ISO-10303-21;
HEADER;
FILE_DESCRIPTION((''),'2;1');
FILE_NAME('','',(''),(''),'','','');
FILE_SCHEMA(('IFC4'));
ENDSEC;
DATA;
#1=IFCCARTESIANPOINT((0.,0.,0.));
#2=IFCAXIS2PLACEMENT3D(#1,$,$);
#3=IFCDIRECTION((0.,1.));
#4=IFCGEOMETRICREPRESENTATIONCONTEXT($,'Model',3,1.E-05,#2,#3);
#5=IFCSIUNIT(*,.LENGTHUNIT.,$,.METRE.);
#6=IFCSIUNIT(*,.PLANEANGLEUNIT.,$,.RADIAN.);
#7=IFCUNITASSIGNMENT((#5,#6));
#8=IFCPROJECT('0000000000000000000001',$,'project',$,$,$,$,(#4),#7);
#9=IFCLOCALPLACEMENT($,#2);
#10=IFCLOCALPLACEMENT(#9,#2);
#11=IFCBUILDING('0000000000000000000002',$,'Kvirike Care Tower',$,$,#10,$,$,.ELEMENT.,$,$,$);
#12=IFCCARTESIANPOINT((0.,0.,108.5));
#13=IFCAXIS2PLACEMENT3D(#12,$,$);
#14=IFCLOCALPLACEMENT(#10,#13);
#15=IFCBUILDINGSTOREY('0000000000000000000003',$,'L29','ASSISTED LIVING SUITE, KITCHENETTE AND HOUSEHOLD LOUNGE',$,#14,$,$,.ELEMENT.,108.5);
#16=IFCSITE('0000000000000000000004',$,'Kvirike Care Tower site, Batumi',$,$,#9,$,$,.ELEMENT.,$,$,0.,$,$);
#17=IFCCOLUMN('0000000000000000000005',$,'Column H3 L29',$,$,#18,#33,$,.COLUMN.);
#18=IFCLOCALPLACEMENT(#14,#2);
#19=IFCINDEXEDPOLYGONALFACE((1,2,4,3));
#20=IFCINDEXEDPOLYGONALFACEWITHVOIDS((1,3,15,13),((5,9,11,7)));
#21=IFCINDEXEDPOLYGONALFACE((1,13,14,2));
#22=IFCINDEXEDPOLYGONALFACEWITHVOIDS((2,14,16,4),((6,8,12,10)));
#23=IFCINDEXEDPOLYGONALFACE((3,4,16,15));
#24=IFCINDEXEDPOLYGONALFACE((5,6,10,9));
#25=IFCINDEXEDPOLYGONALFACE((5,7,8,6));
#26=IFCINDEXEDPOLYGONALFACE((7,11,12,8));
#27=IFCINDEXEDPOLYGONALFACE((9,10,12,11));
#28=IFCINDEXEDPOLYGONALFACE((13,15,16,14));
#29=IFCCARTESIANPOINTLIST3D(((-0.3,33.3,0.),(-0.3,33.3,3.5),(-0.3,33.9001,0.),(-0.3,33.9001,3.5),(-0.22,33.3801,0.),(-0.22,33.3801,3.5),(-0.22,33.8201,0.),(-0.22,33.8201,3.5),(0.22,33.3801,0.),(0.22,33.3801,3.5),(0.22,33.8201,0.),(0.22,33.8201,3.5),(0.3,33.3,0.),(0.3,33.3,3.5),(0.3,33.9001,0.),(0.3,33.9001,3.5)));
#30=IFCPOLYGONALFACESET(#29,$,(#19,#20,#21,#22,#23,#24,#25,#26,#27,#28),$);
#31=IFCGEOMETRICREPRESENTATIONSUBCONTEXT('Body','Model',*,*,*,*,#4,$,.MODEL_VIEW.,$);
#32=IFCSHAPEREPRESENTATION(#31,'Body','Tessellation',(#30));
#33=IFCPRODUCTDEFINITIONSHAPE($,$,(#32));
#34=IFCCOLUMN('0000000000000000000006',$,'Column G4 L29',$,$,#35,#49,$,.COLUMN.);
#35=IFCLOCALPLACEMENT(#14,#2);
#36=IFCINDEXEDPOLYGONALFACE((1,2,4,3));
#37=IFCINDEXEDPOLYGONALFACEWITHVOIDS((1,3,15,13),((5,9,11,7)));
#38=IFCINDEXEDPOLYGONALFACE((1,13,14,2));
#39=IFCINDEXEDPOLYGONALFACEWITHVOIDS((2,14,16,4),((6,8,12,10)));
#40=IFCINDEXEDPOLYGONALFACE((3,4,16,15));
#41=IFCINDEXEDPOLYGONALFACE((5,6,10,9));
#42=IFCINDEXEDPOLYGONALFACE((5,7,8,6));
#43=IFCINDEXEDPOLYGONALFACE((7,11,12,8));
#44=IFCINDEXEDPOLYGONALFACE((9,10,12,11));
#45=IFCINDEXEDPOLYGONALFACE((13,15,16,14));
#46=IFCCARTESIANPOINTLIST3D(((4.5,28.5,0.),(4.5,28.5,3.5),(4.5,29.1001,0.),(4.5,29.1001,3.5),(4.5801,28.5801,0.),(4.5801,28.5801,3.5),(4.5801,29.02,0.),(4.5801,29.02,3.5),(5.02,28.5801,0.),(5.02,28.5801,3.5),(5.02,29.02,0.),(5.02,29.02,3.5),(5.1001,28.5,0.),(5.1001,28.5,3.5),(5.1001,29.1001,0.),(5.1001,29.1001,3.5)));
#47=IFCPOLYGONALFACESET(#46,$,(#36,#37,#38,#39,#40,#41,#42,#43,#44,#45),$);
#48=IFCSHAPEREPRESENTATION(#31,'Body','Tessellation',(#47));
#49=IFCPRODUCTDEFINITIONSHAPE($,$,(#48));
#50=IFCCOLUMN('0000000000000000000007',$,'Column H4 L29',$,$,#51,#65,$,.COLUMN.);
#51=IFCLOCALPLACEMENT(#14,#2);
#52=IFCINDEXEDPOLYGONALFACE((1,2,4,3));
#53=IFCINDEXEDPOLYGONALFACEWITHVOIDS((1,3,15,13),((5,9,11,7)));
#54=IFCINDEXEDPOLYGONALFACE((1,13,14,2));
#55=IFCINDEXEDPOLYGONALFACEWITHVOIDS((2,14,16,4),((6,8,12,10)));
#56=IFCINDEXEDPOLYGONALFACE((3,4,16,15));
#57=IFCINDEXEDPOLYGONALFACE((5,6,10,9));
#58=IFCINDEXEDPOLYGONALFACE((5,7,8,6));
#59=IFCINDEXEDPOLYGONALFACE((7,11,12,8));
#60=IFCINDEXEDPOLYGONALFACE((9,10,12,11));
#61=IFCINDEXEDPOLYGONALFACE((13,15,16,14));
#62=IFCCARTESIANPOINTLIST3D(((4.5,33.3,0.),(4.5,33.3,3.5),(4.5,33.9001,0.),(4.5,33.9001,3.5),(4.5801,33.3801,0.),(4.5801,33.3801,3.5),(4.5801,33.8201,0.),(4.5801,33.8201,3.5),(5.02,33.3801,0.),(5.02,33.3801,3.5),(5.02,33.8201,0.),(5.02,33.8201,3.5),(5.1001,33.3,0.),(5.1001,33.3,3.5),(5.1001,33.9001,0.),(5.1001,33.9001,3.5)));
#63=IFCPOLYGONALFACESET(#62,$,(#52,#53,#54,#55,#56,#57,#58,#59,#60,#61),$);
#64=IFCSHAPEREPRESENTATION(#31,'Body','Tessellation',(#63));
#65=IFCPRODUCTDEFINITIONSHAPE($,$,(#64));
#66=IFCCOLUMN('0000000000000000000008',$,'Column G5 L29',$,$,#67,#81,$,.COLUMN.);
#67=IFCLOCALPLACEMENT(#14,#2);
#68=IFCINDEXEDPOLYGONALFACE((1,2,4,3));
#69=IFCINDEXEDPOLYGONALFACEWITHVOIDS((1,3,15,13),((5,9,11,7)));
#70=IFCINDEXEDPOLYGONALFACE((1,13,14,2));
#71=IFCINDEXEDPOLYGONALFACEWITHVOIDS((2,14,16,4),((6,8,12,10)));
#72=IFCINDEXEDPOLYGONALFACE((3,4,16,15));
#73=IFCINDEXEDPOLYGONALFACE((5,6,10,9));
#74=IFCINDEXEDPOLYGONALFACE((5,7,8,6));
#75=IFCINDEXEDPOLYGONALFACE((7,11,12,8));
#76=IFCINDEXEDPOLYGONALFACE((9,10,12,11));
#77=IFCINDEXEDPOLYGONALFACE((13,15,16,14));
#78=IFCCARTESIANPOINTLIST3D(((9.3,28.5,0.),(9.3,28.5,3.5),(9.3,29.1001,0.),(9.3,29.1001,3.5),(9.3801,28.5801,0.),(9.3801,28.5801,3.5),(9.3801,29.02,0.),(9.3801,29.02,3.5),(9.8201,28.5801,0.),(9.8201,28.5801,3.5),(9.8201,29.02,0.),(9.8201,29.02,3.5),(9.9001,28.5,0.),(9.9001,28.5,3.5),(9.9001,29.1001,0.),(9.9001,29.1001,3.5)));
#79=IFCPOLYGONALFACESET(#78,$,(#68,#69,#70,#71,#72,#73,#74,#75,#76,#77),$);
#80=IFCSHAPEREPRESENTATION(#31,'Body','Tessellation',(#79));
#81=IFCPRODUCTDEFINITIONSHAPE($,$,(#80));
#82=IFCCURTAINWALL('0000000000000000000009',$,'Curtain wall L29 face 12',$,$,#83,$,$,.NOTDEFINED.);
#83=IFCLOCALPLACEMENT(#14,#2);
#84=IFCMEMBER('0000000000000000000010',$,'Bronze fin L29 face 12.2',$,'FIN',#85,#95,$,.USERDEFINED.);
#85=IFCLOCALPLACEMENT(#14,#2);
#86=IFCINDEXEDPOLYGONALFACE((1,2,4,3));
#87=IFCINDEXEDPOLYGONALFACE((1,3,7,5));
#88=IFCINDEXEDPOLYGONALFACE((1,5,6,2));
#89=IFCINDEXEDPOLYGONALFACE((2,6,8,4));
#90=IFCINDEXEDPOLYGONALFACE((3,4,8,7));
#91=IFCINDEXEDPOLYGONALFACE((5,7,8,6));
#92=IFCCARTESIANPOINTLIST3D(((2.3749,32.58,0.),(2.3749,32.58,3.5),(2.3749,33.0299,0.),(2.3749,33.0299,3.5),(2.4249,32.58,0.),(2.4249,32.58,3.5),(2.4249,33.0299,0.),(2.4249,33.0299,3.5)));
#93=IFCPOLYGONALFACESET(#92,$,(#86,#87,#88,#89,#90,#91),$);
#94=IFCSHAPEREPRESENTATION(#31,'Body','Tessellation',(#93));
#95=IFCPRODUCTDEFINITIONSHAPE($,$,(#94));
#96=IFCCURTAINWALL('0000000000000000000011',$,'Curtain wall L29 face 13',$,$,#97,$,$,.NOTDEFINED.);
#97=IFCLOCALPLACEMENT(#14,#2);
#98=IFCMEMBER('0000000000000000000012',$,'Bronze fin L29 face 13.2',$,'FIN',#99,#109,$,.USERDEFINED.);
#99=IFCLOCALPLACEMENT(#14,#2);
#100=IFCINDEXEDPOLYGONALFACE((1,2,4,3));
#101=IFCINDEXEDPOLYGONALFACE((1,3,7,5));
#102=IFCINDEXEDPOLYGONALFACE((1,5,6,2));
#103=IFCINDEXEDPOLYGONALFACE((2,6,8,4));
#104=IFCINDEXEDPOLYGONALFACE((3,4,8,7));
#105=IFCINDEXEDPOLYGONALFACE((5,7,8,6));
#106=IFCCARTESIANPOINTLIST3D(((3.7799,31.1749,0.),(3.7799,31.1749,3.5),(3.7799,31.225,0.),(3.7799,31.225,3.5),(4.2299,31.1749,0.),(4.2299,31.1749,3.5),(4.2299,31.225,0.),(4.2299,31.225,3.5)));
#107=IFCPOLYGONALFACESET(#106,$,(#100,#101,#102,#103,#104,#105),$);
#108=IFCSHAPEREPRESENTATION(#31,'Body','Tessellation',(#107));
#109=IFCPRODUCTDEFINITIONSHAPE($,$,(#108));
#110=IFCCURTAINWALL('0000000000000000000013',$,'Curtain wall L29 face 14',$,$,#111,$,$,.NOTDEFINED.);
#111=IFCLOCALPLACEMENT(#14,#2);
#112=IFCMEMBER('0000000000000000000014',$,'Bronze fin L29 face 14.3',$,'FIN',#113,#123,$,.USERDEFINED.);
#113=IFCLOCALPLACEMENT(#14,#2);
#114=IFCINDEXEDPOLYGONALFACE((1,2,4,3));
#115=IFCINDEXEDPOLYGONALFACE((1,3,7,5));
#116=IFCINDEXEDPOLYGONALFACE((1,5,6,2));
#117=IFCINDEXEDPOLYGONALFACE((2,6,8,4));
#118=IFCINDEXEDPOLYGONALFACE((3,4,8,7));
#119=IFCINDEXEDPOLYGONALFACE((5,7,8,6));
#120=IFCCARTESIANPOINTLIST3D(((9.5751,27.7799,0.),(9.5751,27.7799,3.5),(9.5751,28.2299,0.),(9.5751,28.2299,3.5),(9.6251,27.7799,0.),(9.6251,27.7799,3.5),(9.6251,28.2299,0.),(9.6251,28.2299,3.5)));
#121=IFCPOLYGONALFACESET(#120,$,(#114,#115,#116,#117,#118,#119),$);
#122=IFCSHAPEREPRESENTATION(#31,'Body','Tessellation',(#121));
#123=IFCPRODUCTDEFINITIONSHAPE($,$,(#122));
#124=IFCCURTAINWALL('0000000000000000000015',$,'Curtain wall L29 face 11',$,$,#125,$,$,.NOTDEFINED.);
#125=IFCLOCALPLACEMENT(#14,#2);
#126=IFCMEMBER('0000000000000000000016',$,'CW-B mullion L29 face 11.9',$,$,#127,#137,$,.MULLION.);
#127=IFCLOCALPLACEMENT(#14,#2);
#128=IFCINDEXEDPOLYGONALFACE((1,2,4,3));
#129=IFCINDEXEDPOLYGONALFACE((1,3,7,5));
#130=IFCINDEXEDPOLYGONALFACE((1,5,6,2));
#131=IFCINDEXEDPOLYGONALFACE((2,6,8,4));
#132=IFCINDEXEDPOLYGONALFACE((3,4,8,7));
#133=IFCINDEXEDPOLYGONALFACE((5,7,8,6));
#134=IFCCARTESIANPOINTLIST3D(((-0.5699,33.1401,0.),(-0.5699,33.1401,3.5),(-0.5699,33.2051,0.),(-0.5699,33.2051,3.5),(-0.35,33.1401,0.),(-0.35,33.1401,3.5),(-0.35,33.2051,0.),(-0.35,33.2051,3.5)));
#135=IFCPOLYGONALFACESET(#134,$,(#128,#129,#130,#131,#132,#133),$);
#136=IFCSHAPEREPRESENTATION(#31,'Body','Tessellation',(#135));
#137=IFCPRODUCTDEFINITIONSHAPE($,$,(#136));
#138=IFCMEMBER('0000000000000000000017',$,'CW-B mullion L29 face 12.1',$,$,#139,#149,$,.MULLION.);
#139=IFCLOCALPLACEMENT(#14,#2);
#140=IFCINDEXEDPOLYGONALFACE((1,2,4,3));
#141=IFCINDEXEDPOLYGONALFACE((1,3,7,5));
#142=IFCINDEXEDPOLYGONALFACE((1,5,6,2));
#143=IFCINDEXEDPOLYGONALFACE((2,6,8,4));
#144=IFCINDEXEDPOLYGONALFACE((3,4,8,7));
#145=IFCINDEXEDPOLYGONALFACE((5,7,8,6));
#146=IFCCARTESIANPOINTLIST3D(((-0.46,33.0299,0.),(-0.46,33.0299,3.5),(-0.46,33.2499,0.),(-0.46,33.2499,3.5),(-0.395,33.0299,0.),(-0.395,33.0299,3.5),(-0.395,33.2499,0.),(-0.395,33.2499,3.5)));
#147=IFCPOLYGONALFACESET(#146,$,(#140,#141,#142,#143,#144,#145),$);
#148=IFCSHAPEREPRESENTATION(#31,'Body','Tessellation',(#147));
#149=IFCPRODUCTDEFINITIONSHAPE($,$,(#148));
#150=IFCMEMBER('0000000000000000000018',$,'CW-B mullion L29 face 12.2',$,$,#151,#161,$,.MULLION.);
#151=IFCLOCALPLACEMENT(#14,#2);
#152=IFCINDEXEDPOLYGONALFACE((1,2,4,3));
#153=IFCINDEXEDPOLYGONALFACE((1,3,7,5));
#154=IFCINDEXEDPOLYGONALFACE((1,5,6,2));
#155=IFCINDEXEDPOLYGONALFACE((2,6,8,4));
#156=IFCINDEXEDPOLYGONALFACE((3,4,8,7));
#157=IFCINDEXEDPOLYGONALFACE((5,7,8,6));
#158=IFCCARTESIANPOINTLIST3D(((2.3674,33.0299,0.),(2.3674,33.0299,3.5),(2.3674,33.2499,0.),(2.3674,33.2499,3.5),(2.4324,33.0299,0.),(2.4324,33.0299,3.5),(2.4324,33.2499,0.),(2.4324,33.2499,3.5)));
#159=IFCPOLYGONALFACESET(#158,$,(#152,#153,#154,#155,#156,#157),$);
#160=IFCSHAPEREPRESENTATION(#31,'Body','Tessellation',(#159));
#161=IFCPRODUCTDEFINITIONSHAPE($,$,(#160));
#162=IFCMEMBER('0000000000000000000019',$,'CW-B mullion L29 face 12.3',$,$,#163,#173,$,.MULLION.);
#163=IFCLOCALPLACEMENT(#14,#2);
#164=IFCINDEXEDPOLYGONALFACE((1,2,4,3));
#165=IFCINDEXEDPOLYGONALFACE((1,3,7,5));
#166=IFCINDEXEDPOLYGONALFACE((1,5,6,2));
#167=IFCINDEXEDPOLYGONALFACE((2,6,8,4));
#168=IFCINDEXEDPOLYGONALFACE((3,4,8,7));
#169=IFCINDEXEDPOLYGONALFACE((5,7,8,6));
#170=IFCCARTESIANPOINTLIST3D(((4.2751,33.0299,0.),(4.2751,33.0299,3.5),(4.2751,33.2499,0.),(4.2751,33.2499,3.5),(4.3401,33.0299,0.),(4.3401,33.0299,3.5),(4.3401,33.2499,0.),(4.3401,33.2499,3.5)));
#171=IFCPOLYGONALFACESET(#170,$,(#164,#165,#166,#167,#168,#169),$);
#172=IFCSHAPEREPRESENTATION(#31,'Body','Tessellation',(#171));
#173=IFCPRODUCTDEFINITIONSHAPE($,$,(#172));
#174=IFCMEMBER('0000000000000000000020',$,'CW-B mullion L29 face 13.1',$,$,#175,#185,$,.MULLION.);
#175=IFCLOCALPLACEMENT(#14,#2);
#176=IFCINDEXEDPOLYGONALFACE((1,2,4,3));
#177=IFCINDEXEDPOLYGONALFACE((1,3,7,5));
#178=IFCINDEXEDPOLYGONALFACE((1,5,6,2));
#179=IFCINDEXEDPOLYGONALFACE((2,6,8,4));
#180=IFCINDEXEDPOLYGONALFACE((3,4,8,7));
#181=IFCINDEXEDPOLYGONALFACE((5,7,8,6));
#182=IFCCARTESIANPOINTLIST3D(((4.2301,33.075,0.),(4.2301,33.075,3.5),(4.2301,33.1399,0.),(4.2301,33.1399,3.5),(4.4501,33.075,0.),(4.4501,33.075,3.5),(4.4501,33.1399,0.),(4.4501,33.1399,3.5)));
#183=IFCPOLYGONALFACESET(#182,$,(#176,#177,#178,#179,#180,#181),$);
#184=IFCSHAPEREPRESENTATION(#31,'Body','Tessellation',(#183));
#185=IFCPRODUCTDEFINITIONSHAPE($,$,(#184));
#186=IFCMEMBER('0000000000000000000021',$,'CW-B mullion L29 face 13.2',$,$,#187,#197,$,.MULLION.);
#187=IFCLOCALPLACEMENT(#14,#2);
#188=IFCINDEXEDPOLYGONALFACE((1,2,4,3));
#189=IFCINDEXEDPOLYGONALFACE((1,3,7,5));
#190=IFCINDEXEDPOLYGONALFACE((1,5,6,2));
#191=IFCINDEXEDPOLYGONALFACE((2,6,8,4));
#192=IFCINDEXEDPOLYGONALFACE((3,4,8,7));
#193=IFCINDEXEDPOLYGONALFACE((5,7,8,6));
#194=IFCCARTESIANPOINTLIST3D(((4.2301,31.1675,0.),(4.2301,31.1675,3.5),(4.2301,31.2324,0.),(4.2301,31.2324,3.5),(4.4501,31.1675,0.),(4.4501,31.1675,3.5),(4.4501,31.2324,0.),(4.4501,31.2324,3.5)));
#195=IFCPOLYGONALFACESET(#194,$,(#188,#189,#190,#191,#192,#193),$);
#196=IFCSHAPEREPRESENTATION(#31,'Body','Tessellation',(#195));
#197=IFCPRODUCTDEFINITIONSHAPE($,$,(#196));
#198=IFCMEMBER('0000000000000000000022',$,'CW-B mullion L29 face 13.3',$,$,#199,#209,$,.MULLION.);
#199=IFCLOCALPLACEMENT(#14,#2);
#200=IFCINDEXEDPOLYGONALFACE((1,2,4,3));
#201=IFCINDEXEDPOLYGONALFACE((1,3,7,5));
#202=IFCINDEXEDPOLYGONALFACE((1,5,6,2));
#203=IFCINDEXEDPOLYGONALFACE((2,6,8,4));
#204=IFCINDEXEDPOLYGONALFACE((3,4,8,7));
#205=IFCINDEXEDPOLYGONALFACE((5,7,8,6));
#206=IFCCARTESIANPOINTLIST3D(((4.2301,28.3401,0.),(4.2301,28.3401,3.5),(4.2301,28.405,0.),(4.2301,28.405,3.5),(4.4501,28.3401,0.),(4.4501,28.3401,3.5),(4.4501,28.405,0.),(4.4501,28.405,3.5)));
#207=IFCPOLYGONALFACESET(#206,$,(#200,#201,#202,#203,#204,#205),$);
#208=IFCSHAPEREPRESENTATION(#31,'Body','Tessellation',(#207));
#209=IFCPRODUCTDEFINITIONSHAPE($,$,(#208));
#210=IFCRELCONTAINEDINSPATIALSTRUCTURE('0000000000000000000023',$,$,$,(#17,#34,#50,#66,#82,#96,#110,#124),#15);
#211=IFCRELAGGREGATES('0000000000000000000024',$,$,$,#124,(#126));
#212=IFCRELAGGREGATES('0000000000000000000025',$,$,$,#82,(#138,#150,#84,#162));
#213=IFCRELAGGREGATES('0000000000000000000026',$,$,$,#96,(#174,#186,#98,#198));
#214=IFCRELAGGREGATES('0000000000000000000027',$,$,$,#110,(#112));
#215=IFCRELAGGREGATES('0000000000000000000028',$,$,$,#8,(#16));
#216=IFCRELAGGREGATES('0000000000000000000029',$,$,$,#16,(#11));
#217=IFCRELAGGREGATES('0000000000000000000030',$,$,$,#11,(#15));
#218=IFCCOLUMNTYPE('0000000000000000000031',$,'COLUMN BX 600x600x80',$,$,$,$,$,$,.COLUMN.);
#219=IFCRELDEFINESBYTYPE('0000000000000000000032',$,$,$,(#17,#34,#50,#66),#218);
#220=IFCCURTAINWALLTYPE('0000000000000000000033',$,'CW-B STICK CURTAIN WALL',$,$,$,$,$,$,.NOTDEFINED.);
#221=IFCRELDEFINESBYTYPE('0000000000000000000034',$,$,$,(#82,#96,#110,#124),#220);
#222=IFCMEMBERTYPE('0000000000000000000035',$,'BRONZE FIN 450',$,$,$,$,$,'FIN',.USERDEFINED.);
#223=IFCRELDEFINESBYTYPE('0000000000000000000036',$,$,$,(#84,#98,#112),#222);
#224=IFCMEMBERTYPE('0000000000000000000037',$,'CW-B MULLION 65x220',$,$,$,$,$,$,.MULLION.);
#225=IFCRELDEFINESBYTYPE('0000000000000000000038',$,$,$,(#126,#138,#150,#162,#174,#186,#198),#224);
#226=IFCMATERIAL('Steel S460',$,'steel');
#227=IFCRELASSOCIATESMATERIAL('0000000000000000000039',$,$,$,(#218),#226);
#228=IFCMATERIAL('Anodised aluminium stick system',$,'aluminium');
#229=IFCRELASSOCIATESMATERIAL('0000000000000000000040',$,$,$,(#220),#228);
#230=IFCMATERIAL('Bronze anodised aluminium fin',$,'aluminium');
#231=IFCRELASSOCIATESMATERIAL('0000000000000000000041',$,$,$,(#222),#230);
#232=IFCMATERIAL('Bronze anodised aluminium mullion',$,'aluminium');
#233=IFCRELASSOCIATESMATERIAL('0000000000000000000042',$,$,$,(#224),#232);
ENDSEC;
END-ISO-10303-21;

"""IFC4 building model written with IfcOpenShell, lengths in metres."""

from ifc_helpers import new_model, si_unit, direction, frame, origin, origin_2d, place, context, subcontext, project, spatial, rectangle, hollow_rectangle, extrude, material, material_profile, profile_set, type_object, element, aggregate, save


model = new_model("IFC4")

# Units and contexts
model_context = context("Model", 3, precision=1e-05, world=origin(), true_north=direction((0.0, 1.0)))
body_context = subcontext(model_context, "Body", "Model", "MODEL_VIEW")
ifc_project = project(units=[si_unit("LENGTHUNIT", "METRE"), si_unit("PLANEANGLEUNIT", "RADIAN")], contexts=[model_context])

# Site, building, storey
site_placement = place(None, origin())
site = spatial("IfcSite", under=ifc_project, at=site_placement, Name="Kvirike Care Tower site, Batumi", CompositionType="ELEMENT", RefElevation=0.0)
building_placement = place(site_placement, origin())
building = spatial("IfcBuilding", under=site, at=building_placement, Name="Kvirike Care Tower", CompositionType="ELEMENT")
storey_placement = place(building_placement, frame((0.0, 0.0, 108.5)))
storey = spatial("IfcBuildingStorey", under=building, at=storey_placement, Name="L29", Description="ASSISTED LIVING SUITE, KITCHENETTE AND HOUSEHOLD LOUNGE", CompositionType="ELEMENT", Elevation=108.5)

# Columns
ifc_material_1 = material(Name="Steel S460", Category="steel")
ifc_material_profile_1 = material_profile(ifc_material_1, hollow_rectangle(XDim=0.6001, YDim=0.6001, WallThickness=0.0801, at=origin_2d()), Name="BX 600x600x80")
ifc_profile_set_1 = profile_set([ifc_material_profile_1], Name="Steel S460")
column_type = type_object("IfcColumnType", Name="COLUMN BX 600x600x80", PredefinedType="COLUMN", material=ifc_profile_set_1)
for number, where, z_axis, x_axis, name in (
    (1, (0.0, 33.6001, 0.0), (0.0, 0.0, 1.0), (0.0, 1.0, 0.0), "Column H3 L29"),
    (2, (4.8, 28.8, 0.0), (0.0, 0.0, 1.0), (0.0, 1.0, 0.0), "Column G4 L29"),
    (3, (4.8, 33.6001, 0.0), (0.0, 0.0, 1.0), (0.0, 1.0, 0.0), "Column H4 L29"),
    (4, (9.6001, 28.8, 0.0), (0.0, 0.0, 1.0), (0.0, 1.0, 0.0), "Column G5 L29"),
):
    element("IfcColumn", number, at=place(storey_placement, frame(where, z_axis=z_axis, x_axis=x_axis)), inside=storey, type_object=column_type, Name=name, PredefinedType="COLUMN", context=body_context, shape_type="SweptSolid", body=[
        extrude(hollow_rectangle(XDim=0.6001, YDim=0.6001, WallThickness=0.0801, at=origin_2d()), origin(), (0.0, 0.0, 1.0), 3.5),
    ])

# Curtain walls, members
ifc_material_2 = material(Name="Anodised aluminium stick system", Category="aluminium")
curtain_wall_type = type_object("IfcCurtainWallType", Name="CW-B STICK CURTAIN WALL", PredefinedType="NOTDEFINED", material=ifc_material_2)
curtain_wall_1_placement = place(storey_placement, origin())
curtain_wall_1 = element("IfcCurtainWall", 5, at=curtain_wall_1_placement, inside=storey, type_object=curtain_wall_type, Name="Curtain wall L29 face 12", PredefinedType="NOTDEFINED")
ifc_material_3 = material(Name="Bronze anodised aluminium fin", Category="aluminium")
ifc_material_profile_2 = material_profile(ifc_material_3, rectangle(XDim=0.05, YDim=0.45, at=origin_2d()), Name="BRONZE FIN 450")
ifc_profile_set_2 = profile_set([ifc_material_profile_2], Name="Bronze anodised aluminium fin")
member_type_1 = type_object("IfcMemberType", Name="BRONZE FIN 450", ElementType="FIN", PredefinedType="USERDEFINED", material=ifc_profile_set_2)
member_1_placement = place(storey_placement, frame((2.3999, 32.8049, 0.0), z_axis=(0.0, 0.0, 1.0), x_axis=(1.0, 0.0, 0.0)))
member_1 = element("IfcMember", 6, at=member_1_placement, type_object=member_type_1, Name="Bronze fin L29 face 12.2", ObjectType="FIN", PredefinedType="USERDEFINED", context=body_context, shape_type="SweptSolid", body=[
    extrude(rectangle(XDim=0.05, YDim=0.45, at=origin_2d()), origin(), (0.0, 0.0, 1.0), 3.5),
])
curtain_wall_2_placement = place(storey_placement, origin())
curtain_wall_2 = element("IfcCurtainWall", 7, at=curtain_wall_2_placement, inside=storey, type_object=curtain_wall_type, Name="Curtain wall L29 face 13", PredefinedType="NOTDEFINED")
member_2_placement = place(storey_placement, frame((4.0049, 31.2, 0.0), z_axis=(0.0, 0.0, 1.0), x_axis=(0.0, -1.0, 0.0)))
member_2 = element("IfcMember", 8, at=member_2_placement, type_object=member_type_1, Name="Bronze fin L29 face 13.2", ObjectType="FIN", PredefinedType="USERDEFINED", context=body_context, shape_type="SweptSolid", body=[
    extrude(rectangle(XDim=0.05, YDim=0.45, at=origin_2d()), origin(), (0.0, 0.0, 1.0), 3.5),
])
curtain_wall_3_placement = place(storey_placement, origin())
curtain_wall_3 = element("IfcCurtainWall", 9, at=curtain_wall_3_placement, inside=storey, type_object=curtain_wall_type, Name="Curtain wall L29 face 14", PredefinedType="NOTDEFINED")
member_3_placement = place(storey_placement, frame((9.6001, 28.0049, 0.0), z_axis=(0.0, 0.0, 1.0), x_axis=(1.0, 0.0, 0.0)))
member_3 = element("IfcMember", 10, at=member_3_placement, type_object=member_type_1, Name="Bronze fin L29 face 14.3", ObjectType="FIN", PredefinedType="USERDEFINED", context=body_context, shape_type="SweptSolid", body=[
    extrude(rectangle(XDim=0.05, YDim=0.45, at=origin_2d()), origin(), (0.0, 0.0, 1.0), 3.5),
])
curtain_wall_4_placement = place(storey_placement, origin())
curtain_wall_4 = element("IfcCurtainWall", 11, at=curtain_wall_4_placement, inside=storey, type_object=curtain_wall_type, Name="Curtain wall L29 face 11", PredefinedType="NOTDEFINED")
ifc_material_4 = material(Name="Bronze anodised aluminium mullion", Category="aluminium")
ifc_material_profile_3 = material_profile(ifc_material_4, rectangle(XDim=0.0649, YDim=0.22, at=origin_2d()), Name="CW-B MULLION 65x220")
ifc_profile_set_3 = profile_set([ifc_material_profile_3], Name="Bronze anodised aluminium mullion")
member_type_2 = type_object("IfcMemberType", Name="CW-B MULLION 65x220", PredefinedType="MULLION", material=ifc_profile_set_3)
member_4_placement = place(storey_placement, frame((-0.46, 33.1726, 0.0), z_axis=(0.0, 0.0, 1.0), x_axis=(0.0, -1.0, 0.0)))
member_4 = element("IfcMember", 12, at=member_4_placement, type_object=member_type_2, Name="CW-B mullion L29 face 11.9", PredefinedType="MULLION", context=body_context, shape_type="SweptSolid", body=[
    extrude(rectangle(XDim=0.0649, YDim=0.22, at=origin_2d()), origin(), (0.0, 0.0, 1.0), 3.5),
])
aggregate(curtain_wall_4, [member_4])

# Members
member_5_placement = place(storey_placement, frame((-0.4275, 33.1399, 0.0), z_axis=(0.0, 0.0, 1.0), x_axis=(1.0, 0.0, 0.0)))
member_5 = element("IfcMember", 13, at=member_5_placement, type_object=member_type_2, Name="CW-B mullion L29 face 12.1", PredefinedType="MULLION", context=body_context, shape_type="SweptSolid", body=[
    extrude(rectangle(XDim=0.0649, YDim=0.22, at=origin_2d()), origin(), (0.0, 0.0, 1.0), 3.5),
])
member_6_placement = place(storey_placement, frame((2.3999, 33.1399, 0.0), z_axis=(0.0, 0.0, 1.0), x_axis=(1.0, 0.0, 0.0)))
member_6 = element("IfcMember", 14, at=member_6_placement, type_object=member_type_2, Name="CW-B mullion L29 face 12.2", PredefinedType="MULLION", context=body_context, shape_type="SweptSolid", body=[
    extrude(rectangle(XDim=0.0649, YDim=0.22, at=origin_2d()), origin(), (0.0, 0.0, 1.0), 3.5),
])
member_7_placement = place(storey_placement, frame((4.3076, 33.1399, 0.0), z_axis=(0.0, 0.0, 1.0), x_axis=(1.0, 0.0, 0.0)))
member_7 = element("IfcMember", 15, at=member_7_placement, type_object=member_type_2, Name="CW-B mullion L29 face 12.3", PredefinedType="MULLION", context=body_context, shape_type="SweptSolid", body=[
    extrude(rectangle(XDim=0.0649, YDim=0.22, at=origin_2d()), origin(), (0.0, 0.0, 1.0), 3.5),
])
member_8_placement = place(storey_placement, frame((4.3401, 33.1074, 0.0), z_axis=(0.0, 0.0, 1.0), x_axis=(0.0, -1.0, 0.0)))
member_8 = element("IfcMember", 16, at=member_8_placement, type_object=member_type_2, Name="CW-B mullion L29 face 13.1", PredefinedType="MULLION", context=body_context, shape_type="SweptSolid", body=[
    extrude(rectangle(XDim=0.0649, YDim=0.22, at=origin_2d()), origin(), (0.0, 0.0, 1.0), 3.5),
])
member_9_placement = place(storey_placement, frame((4.3401, 31.2, 0.0), z_axis=(0.0, 0.0, 1.0), x_axis=(0.0, -1.0, 0.0)))
member_9 = element("IfcMember", 17, at=member_9_placement, type_object=member_type_2, Name="CW-B mullion L29 face 13.2", PredefinedType="MULLION", context=body_context, shape_type="SweptSolid", body=[
    extrude(rectangle(XDim=0.0649, YDim=0.22, at=origin_2d()), origin(), (0.0, 0.0, 1.0), 3.5),
])
member_10_placement = place(storey_placement, frame((4.3401, 28.3726, 0.0), z_axis=(0.0, 0.0, 1.0), x_axis=(0.0, -1.0, 0.0)))
member_10 = element("IfcMember", 18, at=member_10_placement, type_object=member_type_2, Name="CW-B mullion L29 face 13.3", PredefinedType="MULLION", context=body_context, shape_type="SweptSolid", body=[
    extrude(rectangle(XDim=0.0649, YDim=0.22, at=origin_2d()), origin(), (0.0, 0.0, 1.0), 3.5),
])

aggregate(curtain_wall_1, [member_5, member_6, member_1, member_7])
aggregate(curtain_wall_2, [member_8, member_9, member_2, member_10])
aggregate(curtain_wall_3, [member_3])

save(model, "model.ifc")
